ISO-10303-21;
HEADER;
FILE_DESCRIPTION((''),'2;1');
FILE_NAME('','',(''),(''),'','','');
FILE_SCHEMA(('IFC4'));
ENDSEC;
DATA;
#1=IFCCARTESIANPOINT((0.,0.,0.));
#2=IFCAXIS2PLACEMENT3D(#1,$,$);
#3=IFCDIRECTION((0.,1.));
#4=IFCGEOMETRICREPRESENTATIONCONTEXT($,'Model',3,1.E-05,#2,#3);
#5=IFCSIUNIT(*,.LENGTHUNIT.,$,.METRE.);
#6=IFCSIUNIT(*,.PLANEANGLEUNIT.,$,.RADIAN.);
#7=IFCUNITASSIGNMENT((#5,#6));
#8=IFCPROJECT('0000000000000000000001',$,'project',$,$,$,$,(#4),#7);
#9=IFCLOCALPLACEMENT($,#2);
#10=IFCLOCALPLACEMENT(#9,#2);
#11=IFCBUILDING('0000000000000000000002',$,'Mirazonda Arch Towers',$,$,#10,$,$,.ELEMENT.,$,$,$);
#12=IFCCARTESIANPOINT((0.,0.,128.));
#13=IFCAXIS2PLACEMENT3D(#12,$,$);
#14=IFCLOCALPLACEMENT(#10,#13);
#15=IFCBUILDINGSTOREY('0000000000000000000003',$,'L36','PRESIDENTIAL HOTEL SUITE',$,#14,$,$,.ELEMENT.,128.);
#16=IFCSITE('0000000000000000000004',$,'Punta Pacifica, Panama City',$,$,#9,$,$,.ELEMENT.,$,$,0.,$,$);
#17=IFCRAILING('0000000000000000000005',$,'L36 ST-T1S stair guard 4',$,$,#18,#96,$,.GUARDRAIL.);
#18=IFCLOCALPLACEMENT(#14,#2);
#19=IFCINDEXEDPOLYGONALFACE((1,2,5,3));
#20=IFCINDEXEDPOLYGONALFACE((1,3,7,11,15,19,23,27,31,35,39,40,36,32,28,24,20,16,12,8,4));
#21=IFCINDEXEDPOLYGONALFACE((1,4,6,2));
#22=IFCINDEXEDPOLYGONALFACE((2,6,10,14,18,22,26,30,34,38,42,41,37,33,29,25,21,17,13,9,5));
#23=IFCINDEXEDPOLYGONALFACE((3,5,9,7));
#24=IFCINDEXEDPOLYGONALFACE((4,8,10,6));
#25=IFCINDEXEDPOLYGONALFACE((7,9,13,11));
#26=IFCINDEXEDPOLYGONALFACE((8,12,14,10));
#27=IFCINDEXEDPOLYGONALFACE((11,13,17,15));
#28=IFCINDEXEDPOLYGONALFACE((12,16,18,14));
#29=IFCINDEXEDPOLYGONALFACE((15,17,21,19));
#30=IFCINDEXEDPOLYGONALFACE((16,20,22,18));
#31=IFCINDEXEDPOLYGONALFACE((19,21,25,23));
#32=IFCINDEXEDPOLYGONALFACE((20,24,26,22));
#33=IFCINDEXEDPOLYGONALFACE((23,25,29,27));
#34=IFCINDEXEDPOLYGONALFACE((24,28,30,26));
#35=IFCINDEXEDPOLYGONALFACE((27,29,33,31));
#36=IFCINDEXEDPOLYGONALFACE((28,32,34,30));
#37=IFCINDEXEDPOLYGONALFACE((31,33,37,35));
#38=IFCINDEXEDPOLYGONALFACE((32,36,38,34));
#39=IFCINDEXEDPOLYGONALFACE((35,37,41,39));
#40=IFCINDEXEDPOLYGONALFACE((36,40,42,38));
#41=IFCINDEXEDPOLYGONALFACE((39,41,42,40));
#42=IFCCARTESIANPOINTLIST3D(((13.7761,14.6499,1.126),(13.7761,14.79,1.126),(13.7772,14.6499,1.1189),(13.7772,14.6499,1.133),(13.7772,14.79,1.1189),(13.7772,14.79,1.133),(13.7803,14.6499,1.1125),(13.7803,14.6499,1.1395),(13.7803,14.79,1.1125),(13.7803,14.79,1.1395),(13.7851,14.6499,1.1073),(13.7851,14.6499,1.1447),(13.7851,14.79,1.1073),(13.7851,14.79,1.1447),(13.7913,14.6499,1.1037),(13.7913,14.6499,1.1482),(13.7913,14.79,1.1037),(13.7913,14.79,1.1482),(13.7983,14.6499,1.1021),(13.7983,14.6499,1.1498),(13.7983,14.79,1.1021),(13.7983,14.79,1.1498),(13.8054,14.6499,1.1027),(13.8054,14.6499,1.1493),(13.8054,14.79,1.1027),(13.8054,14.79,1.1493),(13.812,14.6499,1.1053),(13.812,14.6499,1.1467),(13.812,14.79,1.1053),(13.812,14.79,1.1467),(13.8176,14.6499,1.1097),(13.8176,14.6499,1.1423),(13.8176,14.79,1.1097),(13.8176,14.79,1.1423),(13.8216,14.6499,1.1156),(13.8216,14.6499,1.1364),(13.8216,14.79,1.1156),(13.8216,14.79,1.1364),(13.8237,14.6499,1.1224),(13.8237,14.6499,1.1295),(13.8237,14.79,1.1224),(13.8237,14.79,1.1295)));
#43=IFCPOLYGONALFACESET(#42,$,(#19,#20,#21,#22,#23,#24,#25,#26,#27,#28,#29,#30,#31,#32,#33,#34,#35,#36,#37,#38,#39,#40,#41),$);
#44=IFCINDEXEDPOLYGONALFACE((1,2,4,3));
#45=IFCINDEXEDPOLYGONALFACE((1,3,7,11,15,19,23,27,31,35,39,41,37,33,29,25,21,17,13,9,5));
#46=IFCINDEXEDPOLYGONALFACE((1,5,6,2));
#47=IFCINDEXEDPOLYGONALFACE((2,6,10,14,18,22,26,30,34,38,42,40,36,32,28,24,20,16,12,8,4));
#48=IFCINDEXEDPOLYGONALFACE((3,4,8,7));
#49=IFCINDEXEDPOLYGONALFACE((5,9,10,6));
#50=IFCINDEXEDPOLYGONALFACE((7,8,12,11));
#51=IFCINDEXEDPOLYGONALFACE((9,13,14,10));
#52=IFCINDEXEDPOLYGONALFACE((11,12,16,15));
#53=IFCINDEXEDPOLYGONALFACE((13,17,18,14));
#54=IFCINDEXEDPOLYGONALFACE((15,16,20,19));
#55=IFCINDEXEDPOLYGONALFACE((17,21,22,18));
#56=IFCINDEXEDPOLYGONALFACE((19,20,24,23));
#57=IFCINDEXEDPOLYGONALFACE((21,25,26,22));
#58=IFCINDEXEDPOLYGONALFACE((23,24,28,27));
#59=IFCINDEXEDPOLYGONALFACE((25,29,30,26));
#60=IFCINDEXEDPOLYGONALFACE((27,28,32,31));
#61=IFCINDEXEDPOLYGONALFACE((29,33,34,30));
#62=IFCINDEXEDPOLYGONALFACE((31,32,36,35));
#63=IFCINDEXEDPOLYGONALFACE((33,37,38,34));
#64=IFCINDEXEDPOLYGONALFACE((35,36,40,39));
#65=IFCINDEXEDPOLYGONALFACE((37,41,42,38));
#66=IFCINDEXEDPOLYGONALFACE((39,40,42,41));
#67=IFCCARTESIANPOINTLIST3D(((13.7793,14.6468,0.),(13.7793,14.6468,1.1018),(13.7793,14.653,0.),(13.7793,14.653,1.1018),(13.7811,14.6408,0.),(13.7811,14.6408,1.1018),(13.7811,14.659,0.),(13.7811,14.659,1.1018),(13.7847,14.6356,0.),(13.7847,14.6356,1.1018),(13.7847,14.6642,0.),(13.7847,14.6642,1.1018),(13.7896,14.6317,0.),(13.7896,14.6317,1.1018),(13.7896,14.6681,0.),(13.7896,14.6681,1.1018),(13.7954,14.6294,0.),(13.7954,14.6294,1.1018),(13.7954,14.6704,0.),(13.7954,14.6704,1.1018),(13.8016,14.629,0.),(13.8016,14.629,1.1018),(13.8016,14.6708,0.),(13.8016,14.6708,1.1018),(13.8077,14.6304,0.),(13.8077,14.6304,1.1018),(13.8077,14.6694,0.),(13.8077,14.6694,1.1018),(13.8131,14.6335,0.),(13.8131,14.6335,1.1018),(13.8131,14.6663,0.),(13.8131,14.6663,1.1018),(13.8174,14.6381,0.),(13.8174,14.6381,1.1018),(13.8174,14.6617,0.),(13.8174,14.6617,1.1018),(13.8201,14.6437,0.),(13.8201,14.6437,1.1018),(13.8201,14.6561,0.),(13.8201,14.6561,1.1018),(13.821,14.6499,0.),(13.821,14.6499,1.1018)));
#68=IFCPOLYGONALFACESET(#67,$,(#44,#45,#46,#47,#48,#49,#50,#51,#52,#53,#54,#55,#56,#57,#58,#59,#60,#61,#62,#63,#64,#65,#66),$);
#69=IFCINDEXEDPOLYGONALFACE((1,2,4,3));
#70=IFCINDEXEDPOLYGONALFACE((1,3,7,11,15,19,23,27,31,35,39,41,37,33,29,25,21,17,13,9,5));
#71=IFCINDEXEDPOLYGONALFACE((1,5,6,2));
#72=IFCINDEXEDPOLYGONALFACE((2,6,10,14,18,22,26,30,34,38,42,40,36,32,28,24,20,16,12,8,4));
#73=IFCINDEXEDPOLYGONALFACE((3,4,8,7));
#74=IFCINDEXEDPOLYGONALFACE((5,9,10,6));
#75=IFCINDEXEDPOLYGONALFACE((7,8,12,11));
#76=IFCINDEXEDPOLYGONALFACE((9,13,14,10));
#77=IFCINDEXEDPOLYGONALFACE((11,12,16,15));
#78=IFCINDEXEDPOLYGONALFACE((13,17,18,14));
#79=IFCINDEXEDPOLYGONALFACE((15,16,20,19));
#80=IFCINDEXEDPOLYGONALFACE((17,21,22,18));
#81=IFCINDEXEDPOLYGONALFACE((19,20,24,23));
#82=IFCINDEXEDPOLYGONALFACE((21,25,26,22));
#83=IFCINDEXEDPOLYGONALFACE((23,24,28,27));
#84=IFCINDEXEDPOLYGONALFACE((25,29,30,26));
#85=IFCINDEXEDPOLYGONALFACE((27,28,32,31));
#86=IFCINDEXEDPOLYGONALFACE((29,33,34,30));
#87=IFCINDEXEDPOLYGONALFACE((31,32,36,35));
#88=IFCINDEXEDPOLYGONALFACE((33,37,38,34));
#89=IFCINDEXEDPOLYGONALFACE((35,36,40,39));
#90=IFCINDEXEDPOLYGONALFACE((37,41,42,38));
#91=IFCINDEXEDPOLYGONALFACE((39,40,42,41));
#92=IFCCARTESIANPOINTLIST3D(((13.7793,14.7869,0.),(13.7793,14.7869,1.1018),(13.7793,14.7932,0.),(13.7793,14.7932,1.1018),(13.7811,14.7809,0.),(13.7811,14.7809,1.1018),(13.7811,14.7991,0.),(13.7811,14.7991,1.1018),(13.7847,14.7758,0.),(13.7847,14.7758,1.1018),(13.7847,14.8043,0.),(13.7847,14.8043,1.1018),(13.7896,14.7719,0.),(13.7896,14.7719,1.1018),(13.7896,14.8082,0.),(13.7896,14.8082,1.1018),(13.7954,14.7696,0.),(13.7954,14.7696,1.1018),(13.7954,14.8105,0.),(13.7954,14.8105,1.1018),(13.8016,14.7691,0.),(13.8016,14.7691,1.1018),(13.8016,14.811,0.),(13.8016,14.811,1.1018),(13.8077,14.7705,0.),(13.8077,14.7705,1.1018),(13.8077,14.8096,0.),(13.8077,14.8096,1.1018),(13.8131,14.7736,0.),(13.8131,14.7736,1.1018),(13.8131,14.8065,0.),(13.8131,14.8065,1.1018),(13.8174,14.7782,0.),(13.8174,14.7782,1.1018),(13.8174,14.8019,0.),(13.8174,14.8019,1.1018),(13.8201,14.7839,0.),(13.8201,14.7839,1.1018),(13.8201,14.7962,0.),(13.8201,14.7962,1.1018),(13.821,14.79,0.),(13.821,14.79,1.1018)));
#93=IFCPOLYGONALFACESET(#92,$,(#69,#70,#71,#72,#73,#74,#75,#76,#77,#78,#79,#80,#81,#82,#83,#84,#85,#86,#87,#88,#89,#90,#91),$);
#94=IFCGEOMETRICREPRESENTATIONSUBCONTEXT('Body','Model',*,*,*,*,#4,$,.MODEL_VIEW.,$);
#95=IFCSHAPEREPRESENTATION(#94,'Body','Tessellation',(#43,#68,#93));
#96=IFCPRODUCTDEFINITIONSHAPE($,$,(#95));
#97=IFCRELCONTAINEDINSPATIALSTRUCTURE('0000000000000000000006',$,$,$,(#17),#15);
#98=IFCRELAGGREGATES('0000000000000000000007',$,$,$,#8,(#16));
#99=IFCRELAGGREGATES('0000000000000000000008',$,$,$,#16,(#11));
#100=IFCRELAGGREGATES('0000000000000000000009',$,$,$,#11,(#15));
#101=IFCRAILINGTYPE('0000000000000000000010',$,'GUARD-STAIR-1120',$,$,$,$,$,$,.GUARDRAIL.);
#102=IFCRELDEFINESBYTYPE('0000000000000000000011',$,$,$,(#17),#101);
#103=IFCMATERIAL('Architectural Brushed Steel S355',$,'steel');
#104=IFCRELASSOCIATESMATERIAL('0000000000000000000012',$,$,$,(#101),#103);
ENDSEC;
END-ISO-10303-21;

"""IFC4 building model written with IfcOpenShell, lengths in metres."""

from ifc_helpers import new_model, si_unit, direction, frame, origin, origin_2d, place, context, subcontext, project, spatial, circle, extrude, material, type_object, element, save


model = new_model("IFC4")

# Units and contexts
model_context = context("Model", 3, precision=1e-05, world=origin(), true_north=direction((0.0, 1.0)))
body_context = subcontext(model_context, "Body", "Model", "MODEL_VIEW")
ifc_project = project(units=[si_unit("LENGTHUNIT", "METRE"), si_unit("PLANEANGLEUNIT", "RADIAN")], contexts=[model_context])

# Site, building, storey
site_placement = place(None, origin())
site = spatial("IfcSite", under=ifc_project, at=site_placement, Name="Punta Pacifica, Panama City", CompositionType="ELEMENT", RefElevation=0.0)
building_placement = place(site_placement, origin())
building = spatial("IfcBuilding", under=site, at=building_placement, Name="Mirazonda Arch Towers", CompositionType="ELEMENT")
storey_placement = place(building_placement, frame((0.0, 0.0, 128.0)))
storey = spatial("IfcBuildingStorey", under=building, at=storey_placement, Name="L36", Description="PRESIDENTIAL HOTEL SUITE", CompositionType="ELEMENT", Elevation=128.0)

# Shared definitions
ifc_material_1 = material(Name="Architectural Brushed Steel S355", Category="steel")

# Railing
railing_type_1 = type_object("IfcRailingType", Name="GUARD-STAIR-1120", PredefinedType="GUARDRAIL", material=ifc_material_1)
railing_1_placement = place(storey_placement, frame((13.8, 14.6499, 0.0)))
element("IfcRailing", 1, at=railing_1_placement, inside=storey, type_object=railing_type_1, Name="L36 ST-T1S stair guard 4", PredefinedType="GUARDRAIL", context=body_context, shape_type="SweptSolid", body=[
    extrude(circle(Radius=0.0239, at=origin_2d()), frame((0.0, 0.0, 1.126), z_axis=(0.0, 1.0, 0.0), x_axis=(-1.0, 0.0, 0.0)), (0.0, 0.0, 1.0), 0.1401),
    extrude(circle(Radius=0.021, at=origin_2d()), origin(), (0.0, 0.0, 1.0), 1.1018),
    extrude(circle(Radius=0.021, at=origin_2d()), frame((0.0, 0.1401, 0.0)), (0.0, 0.0, 1.0), 1.1018),
])

save(model, "model.ifc")
